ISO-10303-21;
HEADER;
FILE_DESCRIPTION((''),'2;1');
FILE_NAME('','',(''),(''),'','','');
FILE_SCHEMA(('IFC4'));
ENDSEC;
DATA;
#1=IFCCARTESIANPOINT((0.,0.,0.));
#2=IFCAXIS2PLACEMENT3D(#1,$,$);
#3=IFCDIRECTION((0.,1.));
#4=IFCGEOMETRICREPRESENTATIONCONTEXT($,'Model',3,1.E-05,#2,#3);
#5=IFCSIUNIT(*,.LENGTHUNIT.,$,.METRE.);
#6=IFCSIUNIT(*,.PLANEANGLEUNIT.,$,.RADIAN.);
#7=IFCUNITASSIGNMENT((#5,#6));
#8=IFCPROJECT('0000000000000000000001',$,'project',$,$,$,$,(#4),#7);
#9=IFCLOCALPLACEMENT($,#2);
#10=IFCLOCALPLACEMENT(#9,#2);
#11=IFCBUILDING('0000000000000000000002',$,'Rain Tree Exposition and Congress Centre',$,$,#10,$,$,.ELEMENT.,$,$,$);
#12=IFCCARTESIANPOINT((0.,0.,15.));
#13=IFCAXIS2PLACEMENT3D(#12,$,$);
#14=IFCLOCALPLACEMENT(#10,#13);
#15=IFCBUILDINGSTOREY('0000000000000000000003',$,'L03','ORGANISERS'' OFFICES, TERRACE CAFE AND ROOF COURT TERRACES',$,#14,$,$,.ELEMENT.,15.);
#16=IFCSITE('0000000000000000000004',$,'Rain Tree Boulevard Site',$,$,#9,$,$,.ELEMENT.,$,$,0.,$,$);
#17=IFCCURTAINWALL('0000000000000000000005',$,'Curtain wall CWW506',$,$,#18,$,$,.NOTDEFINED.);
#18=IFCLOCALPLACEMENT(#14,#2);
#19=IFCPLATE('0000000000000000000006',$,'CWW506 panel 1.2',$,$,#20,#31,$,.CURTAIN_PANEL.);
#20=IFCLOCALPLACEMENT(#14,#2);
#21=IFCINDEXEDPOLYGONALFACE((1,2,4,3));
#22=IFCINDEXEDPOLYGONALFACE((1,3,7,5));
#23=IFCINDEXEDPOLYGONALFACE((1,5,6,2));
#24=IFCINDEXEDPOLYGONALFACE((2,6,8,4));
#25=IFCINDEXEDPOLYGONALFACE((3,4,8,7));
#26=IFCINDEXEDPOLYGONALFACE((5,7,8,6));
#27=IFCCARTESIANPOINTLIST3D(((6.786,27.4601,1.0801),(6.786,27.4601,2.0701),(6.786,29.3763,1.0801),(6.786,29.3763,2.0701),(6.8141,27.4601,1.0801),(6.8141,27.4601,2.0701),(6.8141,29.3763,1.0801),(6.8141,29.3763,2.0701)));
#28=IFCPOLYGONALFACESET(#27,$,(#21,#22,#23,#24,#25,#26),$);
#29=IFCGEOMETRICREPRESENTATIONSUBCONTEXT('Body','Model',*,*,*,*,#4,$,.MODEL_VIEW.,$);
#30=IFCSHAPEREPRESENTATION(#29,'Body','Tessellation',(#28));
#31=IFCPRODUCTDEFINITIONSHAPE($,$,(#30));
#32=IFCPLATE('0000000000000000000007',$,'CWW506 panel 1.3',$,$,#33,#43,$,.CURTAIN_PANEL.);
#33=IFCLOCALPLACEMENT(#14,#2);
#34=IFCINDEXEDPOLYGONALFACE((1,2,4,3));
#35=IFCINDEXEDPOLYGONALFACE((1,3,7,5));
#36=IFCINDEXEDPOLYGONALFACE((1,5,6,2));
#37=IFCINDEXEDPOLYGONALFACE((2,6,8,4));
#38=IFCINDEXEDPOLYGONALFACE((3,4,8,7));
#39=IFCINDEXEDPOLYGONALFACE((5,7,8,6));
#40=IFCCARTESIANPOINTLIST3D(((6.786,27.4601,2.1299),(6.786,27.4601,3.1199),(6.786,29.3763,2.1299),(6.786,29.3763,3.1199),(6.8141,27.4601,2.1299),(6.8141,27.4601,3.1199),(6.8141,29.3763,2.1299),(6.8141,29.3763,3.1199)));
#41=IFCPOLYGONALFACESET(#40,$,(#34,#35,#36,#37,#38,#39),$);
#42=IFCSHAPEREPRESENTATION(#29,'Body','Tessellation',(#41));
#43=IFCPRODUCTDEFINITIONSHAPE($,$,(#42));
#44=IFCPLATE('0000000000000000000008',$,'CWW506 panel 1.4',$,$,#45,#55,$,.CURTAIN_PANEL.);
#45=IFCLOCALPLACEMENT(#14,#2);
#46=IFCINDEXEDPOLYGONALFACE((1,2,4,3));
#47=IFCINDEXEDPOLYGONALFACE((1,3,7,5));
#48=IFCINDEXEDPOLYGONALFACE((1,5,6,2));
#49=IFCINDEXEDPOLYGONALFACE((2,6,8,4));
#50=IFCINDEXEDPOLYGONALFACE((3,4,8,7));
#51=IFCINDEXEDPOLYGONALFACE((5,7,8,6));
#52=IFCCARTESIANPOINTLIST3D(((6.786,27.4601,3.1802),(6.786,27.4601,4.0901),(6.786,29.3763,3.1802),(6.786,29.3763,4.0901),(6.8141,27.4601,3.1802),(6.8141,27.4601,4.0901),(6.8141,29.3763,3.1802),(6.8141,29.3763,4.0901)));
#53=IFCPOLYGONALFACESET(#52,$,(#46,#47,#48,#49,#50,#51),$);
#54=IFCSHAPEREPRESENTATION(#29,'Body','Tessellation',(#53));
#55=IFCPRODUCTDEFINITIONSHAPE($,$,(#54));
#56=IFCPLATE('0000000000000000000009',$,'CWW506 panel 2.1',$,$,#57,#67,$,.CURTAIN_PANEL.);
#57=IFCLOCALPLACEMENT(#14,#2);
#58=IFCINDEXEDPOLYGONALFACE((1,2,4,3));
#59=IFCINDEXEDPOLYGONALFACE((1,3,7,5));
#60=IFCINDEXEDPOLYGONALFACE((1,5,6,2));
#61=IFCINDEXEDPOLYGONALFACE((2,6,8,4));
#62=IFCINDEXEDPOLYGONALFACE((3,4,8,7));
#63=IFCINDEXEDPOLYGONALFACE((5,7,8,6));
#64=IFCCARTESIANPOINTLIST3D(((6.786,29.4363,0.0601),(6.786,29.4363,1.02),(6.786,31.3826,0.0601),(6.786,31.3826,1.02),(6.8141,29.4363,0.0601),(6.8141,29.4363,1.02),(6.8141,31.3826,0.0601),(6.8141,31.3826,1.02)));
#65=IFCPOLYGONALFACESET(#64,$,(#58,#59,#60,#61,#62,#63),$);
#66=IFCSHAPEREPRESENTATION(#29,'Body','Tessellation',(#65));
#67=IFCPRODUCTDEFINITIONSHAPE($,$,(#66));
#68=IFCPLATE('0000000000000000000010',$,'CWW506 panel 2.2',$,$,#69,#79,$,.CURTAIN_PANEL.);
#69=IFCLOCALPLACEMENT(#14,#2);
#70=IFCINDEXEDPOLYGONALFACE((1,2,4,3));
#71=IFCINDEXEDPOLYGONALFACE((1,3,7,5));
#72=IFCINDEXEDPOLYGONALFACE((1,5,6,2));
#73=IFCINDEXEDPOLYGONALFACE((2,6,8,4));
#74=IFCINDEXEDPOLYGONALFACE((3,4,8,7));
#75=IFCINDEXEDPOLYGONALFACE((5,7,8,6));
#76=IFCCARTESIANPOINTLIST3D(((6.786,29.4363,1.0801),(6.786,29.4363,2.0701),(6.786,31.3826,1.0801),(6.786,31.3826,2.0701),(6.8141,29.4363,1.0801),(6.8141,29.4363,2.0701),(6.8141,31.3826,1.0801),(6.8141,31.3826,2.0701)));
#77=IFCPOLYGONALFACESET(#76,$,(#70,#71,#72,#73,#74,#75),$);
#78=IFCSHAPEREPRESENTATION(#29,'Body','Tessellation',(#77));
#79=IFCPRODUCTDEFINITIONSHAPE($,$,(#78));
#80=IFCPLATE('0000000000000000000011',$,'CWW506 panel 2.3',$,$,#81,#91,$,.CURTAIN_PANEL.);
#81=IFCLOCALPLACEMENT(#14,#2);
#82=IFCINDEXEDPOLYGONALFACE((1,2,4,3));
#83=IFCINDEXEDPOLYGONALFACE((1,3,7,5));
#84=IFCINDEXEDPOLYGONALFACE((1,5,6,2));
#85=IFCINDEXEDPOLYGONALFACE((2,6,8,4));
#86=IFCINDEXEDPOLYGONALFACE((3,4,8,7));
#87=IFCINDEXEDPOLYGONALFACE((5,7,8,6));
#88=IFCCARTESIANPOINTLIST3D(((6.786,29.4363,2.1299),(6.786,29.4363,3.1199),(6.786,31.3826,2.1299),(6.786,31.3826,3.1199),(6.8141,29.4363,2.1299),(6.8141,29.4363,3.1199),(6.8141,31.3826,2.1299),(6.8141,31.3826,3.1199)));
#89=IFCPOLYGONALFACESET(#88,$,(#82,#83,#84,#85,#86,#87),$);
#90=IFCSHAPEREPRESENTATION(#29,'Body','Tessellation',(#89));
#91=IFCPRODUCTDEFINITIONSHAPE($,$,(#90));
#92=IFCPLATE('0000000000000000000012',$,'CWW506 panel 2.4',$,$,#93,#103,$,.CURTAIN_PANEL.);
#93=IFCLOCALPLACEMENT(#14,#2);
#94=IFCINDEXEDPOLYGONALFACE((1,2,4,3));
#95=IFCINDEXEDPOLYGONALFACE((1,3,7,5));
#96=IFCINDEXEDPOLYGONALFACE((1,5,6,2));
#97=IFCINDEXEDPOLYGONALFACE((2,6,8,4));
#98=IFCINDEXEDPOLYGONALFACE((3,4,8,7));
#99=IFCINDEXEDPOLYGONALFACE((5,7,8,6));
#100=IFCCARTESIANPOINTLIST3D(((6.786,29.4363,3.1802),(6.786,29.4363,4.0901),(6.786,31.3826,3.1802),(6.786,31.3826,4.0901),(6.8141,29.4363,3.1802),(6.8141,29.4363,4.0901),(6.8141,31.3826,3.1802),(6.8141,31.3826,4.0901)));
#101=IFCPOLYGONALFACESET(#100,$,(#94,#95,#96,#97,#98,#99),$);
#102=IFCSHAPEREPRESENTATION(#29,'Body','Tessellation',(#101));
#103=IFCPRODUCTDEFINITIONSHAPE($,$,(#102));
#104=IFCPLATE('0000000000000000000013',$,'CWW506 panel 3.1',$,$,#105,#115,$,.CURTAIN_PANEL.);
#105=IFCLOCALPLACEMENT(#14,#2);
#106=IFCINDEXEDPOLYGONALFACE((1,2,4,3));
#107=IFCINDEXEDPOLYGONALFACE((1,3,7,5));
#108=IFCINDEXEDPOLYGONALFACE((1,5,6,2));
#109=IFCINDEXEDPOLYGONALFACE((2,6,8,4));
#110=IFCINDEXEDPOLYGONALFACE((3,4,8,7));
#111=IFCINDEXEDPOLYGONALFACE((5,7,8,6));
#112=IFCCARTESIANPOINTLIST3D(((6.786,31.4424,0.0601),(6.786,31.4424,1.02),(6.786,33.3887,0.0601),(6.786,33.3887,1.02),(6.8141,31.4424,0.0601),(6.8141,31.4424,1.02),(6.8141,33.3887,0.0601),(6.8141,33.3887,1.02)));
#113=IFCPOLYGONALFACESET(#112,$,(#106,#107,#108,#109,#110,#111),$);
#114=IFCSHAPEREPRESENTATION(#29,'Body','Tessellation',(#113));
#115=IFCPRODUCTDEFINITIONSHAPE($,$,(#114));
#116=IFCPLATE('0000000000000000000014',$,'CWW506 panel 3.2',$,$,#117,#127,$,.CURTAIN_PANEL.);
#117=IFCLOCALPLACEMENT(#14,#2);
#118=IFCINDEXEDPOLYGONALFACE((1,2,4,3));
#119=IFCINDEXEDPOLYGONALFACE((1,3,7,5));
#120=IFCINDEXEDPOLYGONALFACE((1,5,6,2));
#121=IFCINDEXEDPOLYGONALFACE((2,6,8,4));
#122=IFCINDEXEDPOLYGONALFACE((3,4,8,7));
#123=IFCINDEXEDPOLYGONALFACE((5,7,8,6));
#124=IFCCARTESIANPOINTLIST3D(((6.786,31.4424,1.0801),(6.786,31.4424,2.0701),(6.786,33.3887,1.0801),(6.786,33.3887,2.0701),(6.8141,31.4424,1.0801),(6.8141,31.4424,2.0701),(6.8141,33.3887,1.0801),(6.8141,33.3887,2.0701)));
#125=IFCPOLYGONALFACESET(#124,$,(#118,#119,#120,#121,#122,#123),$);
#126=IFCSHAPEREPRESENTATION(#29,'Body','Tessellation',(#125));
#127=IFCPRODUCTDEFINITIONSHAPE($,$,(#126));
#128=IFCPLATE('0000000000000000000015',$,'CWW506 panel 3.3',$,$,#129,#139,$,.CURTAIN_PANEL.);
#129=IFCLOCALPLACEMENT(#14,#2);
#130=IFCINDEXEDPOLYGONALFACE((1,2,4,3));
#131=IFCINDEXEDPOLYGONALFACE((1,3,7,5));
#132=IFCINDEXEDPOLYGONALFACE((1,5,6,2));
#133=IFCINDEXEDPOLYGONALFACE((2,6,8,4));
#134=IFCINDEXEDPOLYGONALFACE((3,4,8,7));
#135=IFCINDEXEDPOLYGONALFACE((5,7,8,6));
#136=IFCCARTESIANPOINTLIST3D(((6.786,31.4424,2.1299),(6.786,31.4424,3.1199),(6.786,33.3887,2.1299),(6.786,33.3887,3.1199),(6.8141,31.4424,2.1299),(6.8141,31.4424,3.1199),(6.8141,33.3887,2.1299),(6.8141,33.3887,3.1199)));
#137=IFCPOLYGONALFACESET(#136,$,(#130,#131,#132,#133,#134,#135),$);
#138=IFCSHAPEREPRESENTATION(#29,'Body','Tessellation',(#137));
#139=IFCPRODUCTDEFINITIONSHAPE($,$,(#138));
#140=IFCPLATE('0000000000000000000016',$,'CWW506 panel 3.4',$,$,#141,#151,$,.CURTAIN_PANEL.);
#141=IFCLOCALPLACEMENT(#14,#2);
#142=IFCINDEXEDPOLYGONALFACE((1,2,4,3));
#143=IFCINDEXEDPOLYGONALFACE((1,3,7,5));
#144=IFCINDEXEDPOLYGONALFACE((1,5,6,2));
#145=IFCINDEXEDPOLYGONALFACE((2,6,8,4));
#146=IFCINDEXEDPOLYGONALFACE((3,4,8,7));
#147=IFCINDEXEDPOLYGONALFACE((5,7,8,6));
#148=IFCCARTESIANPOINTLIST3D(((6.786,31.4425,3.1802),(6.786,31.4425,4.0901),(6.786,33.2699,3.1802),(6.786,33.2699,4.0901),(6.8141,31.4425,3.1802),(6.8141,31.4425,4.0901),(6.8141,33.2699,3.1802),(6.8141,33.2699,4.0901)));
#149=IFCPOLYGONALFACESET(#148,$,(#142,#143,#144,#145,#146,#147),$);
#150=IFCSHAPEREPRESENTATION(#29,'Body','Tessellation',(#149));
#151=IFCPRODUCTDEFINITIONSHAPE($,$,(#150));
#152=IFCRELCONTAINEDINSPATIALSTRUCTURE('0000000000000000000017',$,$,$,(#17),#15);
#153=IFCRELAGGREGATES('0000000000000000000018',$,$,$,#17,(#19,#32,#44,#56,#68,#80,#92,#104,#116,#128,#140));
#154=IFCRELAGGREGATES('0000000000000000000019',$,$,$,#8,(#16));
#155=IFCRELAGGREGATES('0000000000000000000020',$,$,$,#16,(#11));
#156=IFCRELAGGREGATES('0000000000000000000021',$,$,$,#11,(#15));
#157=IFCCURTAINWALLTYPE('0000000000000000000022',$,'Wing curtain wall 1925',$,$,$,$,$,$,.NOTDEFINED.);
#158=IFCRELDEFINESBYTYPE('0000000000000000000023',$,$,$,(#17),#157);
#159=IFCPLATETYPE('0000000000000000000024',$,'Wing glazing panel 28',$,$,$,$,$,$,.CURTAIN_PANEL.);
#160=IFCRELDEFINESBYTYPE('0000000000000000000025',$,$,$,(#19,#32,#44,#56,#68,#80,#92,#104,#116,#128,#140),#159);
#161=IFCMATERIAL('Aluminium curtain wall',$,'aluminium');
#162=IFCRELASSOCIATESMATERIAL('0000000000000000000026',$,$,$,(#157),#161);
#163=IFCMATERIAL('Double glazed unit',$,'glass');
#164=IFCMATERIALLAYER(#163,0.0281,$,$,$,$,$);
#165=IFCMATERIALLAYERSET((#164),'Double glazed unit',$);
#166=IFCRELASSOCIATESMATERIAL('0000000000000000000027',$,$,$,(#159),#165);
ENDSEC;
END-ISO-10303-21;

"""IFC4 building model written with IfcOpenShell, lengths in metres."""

from ifc_helpers import new_model, si_unit, direction, frame, origin, origin_2d, place, context, subcontext, project, spatial, rectangle, extrude, material, layer, layer_set, type_object, element, aggregate, save


model = new_model("IFC4")

# Units and contexts
model_context = context("Model", 3, precision=1e-05, world=origin(), true_north=direction((0.0, 1.0)))
body_context = subcontext(model_context, "Body", "Model", "MODEL_VIEW")
ifc_project = project(units=[si_unit("LENGTHUNIT", "METRE"), si_unit("PLANEANGLEUNIT", "RADIAN")], contexts=[model_context])

# Site, building, storey
site_placement = place(None, origin())
site = spatial("IfcSite", under=ifc_project, at=site_placement, Name="Rain Tree Boulevard Site", CompositionType="ELEMENT", RefElevation=0.0)
building_placement = place(site_placement, origin())
building = spatial("IfcBuilding", under=site, at=building_placement, Name="Rain Tree Exposition and Congress Centre", CompositionType="ELEMENT")
storey_placement = place(building_placement, frame((0.0, 0.0, 15.0)))
storey = spatial("IfcBuildingStorey", under=building, at=storey_placement, Name="L03", Description="ORGANISERS' OFFICES, TERRACE CAFE AND ROOF COURT TERRACES", CompositionType="ELEMENT", Elevation=15.0)

# Curtain wall, plates
ifc_material_1 = material(Name="Aluminium curtain wall", Category="aluminium")
curtain_wall_type = type_object("IfcCurtainWallType", Name="Wing curtain wall 1925", PredefinedType="NOTDEFINED", material=ifc_material_1)
curtain_wall_placement = place(storey_placement, origin())
curtain_wall = element("IfcCurtainWall", 1, at=curtain_wall_placement, inside=storey, type_object=curtain_wall_type, Name="Curtain wall CWW506", PredefinedType="NOTDEFINED")
ifc_material_2 = material(Name="Double glazed unit", Category="glass")
ifc_layer = layer(ifc_material_2, 0.0281)
ifc_layer_set = layer_set([ifc_layer], Name="Double glazed unit")
plate_type = type_object("IfcPlateType", Name="Wing glazing panel 28", PredefinedType="CURTAIN_PANEL", material=ifc_layer_set)
plate_1_placement = place(storey_placement, frame((6.8, 28.4182, 1.0801), z_axis=(0.0, 0.0, 1.0), x_axis=(0.0, 1.0, 0.0)))
plate_1 = element("IfcPlate", 2, at=plate_1_placement, type_object=plate_type, Name="CWW506 panel 1.2", PredefinedType="CURTAIN_PANEL", context=body_context, shape_type="SweptSolid", body=[
    extrude(rectangle(XDim=1.9163, YDim=0.0281, at=origin_2d()), origin(), (0.0, 0.0, 1.0), 0.99),
])
plate_2_placement = place(storey_placement, frame((6.8, 28.4182, 2.1299), z_axis=(0.0, 0.0, 1.0), x_axis=(0.0, 1.0, 0.0)))
plate_2 = element("IfcPlate", 3, at=plate_2_placement, type_object=plate_type, Name="CWW506 panel 1.3", PredefinedType="CURTAIN_PANEL", context=body_context, shape_type="SweptSolid", body=[
    extrude(rectangle(XDim=1.9163, YDim=0.0281, at=origin_2d()), origin(), (0.0, 0.0, 1.0), 0.99),
])
plate_3_placement = place(storey_placement, frame((6.8, 28.4182, 3.1802), z_axis=(0.0, 0.0, 1.0), x_axis=(0.0, 1.0, 0.0)))
plate_3 = element("IfcPlate", 4, at=plate_3_placement, type_object=plate_type, Name="CWW506 panel 1.4", PredefinedType="CURTAIN_PANEL", context=body_context, shape_type="SweptSolid", body=[
    extrude(rectangle(XDim=1.9163, YDim=0.0281, at=origin_2d()), origin(), (0.0, 0.0, 1.0), 0.9099),
])
plate_4_placement = place(storey_placement, frame((6.8, 30.4094, 0.0601), z_axis=(0.0, 0.0, 1.0), x_axis=(0.0, 1.0, 0.0)))
plate_4 = element("IfcPlate", 5, at=plate_4_placement, type_object=plate_type, Name="CWW506 panel 2.1", PredefinedType="CURTAIN_PANEL", context=body_context, shape_type="SweptSolid", body=[
    extrude(rectangle(XDim=1.9463, YDim=0.0281, at=origin_2d()), origin(), (0.0, 0.0, 1.0), 0.96),
])
plate_5_placement = place(storey_placement, frame((6.8, 30.4094, 1.0801), z_axis=(0.0, 0.0, 1.0), x_axis=(0.0, 1.0, 0.0)))
plate_5 = element("IfcPlate", 6, at=plate_5_placement, type_object=plate_type, Name="CWW506 panel 2.2", PredefinedType="CURTAIN_PANEL", context=body_context, shape_type="SweptSolid", body=[
    extrude(rectangle(XDim=1.9463, YDim=0.0281, at=origin_2d()), origin(), (0.0, 0.0, 1.0), 0.99),
])
plate_6_placement = place(storey_placement, frame((6.8, 30.4094, 2.1299), z_axis=(0.0, 0.0, 1.0), x_axis=(0.0, 1.0, 0.0)))
plate_6 = element("IfcPlate", 7, at=plate_6_placement, type_object=plate_type, Name="CWW506 panel 2.3", PredefinedType="CURTAIN_PANEL", context=body_context, shape_type="SweptSolid", body=[
    extrude(rectangle(XDim=1.9463, YDim=0.0281, at=origin_2d()), origin(), (0.0, 0.0, 1.0), 0.99),
])
plate_7_placement = place(storey_placement, frame((6.8, 30.4094, 3.1802), z_axis=(0.0, 0.0, 1.0), x_axis=(0.0, 1.0, 0.0)))
plate_7 = element("IfcPlate", 8, at=plate_7_placement, type_object=plate_type, Name="CWW506 panel 2.4", PredefinedType="CURTAIN_PANEL", context=body_context, shape_type="SweptSolid", body=[
    extrude(rectangle(XDim=1.9463, YDim=0.0281, at=origin_2d()), origin(), (0.0, 0.0, 1.0), 0.9099),
])
plate_8_placement = place(storey_placement, frame((6.8, 32.4155, 0.0601), z_axis=(0.0, 0.0, 1.0), x_axis=(0.0, 1.0, 0.0)))
plate_8 = element("IfcPlate", 9, at=plate_8_placement, type_object=plate_type, Name="CWW506 panel 3.1", PredefinedType="CURTAIN_PANEL", context=body_context, shape_type="SweptSolid", body=[
    extrude(rectangle(XDim=1.9463, YDim=0.0281, at=origin_2d()), origin(), (0.0, 0.0, 1.0), 0.96),
])
plate_9_placement = place(storey_placement, frame((6.8, 32.4155, 1.0801), z_axis=(0.0, 0.0, 1.0), x_axis=(0.0, 1.0, 0.0)))
plate_9 = element("IfcPlate", 10, at=plate_9_placement, type_object=plate_type, Name="CWW506 panel 3.2", PredefinedType="CURTAIN_PANEL", context=body_context, shape_type="SweptSolid", body=[
    extrude(rectangle(XDim=1.9463, YDim=0.0281, at=origin_2d()), origin(), (0.0, 0.0, 1.0), 0.99),
])
plate_10_placement = place(storey_placement, frame((6.8, 32.4155, 2.1299), z_axis=(0.0, 0.0, 1.0), x_axis=(0.0, 1.0, 0.0)))
plate_10 = element("IfcPlate", 11, at=plate_10_placement, type_object=plate_type, Name="CWW506 panel 3.3", PredefinedType="CURTAIN_PANEL", context=body_context, shape_type="SweptSolid", body=[
    extrude(rectangle(XDim=1.9463, YDim=0.0281, at=origin_2d()), origin(), (0.0, 0.0, 1.0), 0.99),
])
plate_11_placement = place(storey_placement, frame((6.8, 32.3562, 3.1802), z_axis=(0.0, 0.0, 1.0), x_axis=(0.0, 1.0, 0.0)))
plate_11 = element("IfcPlate", 12, at=plate_11_placement, type_object=plate_type, Name="CWW506 panel 3.4", PredefinedType="CURTAIN_PANEL", context=body_context, shape_type="SweptSolid", body=[
    extrude(rectangle(XDim=1.8274, YDim=0.0281, at=origin_2d()), origin(), (0.0, 0.0, 1.0), 0.9099),
])
aggregate(curtain_wall, [plate_1, plate_2, plate_3, plate_4, plate_5, plate_6, plate_7, plate_8, plate_9, plate_10, plate_11])

save(model, "model.ifc")
